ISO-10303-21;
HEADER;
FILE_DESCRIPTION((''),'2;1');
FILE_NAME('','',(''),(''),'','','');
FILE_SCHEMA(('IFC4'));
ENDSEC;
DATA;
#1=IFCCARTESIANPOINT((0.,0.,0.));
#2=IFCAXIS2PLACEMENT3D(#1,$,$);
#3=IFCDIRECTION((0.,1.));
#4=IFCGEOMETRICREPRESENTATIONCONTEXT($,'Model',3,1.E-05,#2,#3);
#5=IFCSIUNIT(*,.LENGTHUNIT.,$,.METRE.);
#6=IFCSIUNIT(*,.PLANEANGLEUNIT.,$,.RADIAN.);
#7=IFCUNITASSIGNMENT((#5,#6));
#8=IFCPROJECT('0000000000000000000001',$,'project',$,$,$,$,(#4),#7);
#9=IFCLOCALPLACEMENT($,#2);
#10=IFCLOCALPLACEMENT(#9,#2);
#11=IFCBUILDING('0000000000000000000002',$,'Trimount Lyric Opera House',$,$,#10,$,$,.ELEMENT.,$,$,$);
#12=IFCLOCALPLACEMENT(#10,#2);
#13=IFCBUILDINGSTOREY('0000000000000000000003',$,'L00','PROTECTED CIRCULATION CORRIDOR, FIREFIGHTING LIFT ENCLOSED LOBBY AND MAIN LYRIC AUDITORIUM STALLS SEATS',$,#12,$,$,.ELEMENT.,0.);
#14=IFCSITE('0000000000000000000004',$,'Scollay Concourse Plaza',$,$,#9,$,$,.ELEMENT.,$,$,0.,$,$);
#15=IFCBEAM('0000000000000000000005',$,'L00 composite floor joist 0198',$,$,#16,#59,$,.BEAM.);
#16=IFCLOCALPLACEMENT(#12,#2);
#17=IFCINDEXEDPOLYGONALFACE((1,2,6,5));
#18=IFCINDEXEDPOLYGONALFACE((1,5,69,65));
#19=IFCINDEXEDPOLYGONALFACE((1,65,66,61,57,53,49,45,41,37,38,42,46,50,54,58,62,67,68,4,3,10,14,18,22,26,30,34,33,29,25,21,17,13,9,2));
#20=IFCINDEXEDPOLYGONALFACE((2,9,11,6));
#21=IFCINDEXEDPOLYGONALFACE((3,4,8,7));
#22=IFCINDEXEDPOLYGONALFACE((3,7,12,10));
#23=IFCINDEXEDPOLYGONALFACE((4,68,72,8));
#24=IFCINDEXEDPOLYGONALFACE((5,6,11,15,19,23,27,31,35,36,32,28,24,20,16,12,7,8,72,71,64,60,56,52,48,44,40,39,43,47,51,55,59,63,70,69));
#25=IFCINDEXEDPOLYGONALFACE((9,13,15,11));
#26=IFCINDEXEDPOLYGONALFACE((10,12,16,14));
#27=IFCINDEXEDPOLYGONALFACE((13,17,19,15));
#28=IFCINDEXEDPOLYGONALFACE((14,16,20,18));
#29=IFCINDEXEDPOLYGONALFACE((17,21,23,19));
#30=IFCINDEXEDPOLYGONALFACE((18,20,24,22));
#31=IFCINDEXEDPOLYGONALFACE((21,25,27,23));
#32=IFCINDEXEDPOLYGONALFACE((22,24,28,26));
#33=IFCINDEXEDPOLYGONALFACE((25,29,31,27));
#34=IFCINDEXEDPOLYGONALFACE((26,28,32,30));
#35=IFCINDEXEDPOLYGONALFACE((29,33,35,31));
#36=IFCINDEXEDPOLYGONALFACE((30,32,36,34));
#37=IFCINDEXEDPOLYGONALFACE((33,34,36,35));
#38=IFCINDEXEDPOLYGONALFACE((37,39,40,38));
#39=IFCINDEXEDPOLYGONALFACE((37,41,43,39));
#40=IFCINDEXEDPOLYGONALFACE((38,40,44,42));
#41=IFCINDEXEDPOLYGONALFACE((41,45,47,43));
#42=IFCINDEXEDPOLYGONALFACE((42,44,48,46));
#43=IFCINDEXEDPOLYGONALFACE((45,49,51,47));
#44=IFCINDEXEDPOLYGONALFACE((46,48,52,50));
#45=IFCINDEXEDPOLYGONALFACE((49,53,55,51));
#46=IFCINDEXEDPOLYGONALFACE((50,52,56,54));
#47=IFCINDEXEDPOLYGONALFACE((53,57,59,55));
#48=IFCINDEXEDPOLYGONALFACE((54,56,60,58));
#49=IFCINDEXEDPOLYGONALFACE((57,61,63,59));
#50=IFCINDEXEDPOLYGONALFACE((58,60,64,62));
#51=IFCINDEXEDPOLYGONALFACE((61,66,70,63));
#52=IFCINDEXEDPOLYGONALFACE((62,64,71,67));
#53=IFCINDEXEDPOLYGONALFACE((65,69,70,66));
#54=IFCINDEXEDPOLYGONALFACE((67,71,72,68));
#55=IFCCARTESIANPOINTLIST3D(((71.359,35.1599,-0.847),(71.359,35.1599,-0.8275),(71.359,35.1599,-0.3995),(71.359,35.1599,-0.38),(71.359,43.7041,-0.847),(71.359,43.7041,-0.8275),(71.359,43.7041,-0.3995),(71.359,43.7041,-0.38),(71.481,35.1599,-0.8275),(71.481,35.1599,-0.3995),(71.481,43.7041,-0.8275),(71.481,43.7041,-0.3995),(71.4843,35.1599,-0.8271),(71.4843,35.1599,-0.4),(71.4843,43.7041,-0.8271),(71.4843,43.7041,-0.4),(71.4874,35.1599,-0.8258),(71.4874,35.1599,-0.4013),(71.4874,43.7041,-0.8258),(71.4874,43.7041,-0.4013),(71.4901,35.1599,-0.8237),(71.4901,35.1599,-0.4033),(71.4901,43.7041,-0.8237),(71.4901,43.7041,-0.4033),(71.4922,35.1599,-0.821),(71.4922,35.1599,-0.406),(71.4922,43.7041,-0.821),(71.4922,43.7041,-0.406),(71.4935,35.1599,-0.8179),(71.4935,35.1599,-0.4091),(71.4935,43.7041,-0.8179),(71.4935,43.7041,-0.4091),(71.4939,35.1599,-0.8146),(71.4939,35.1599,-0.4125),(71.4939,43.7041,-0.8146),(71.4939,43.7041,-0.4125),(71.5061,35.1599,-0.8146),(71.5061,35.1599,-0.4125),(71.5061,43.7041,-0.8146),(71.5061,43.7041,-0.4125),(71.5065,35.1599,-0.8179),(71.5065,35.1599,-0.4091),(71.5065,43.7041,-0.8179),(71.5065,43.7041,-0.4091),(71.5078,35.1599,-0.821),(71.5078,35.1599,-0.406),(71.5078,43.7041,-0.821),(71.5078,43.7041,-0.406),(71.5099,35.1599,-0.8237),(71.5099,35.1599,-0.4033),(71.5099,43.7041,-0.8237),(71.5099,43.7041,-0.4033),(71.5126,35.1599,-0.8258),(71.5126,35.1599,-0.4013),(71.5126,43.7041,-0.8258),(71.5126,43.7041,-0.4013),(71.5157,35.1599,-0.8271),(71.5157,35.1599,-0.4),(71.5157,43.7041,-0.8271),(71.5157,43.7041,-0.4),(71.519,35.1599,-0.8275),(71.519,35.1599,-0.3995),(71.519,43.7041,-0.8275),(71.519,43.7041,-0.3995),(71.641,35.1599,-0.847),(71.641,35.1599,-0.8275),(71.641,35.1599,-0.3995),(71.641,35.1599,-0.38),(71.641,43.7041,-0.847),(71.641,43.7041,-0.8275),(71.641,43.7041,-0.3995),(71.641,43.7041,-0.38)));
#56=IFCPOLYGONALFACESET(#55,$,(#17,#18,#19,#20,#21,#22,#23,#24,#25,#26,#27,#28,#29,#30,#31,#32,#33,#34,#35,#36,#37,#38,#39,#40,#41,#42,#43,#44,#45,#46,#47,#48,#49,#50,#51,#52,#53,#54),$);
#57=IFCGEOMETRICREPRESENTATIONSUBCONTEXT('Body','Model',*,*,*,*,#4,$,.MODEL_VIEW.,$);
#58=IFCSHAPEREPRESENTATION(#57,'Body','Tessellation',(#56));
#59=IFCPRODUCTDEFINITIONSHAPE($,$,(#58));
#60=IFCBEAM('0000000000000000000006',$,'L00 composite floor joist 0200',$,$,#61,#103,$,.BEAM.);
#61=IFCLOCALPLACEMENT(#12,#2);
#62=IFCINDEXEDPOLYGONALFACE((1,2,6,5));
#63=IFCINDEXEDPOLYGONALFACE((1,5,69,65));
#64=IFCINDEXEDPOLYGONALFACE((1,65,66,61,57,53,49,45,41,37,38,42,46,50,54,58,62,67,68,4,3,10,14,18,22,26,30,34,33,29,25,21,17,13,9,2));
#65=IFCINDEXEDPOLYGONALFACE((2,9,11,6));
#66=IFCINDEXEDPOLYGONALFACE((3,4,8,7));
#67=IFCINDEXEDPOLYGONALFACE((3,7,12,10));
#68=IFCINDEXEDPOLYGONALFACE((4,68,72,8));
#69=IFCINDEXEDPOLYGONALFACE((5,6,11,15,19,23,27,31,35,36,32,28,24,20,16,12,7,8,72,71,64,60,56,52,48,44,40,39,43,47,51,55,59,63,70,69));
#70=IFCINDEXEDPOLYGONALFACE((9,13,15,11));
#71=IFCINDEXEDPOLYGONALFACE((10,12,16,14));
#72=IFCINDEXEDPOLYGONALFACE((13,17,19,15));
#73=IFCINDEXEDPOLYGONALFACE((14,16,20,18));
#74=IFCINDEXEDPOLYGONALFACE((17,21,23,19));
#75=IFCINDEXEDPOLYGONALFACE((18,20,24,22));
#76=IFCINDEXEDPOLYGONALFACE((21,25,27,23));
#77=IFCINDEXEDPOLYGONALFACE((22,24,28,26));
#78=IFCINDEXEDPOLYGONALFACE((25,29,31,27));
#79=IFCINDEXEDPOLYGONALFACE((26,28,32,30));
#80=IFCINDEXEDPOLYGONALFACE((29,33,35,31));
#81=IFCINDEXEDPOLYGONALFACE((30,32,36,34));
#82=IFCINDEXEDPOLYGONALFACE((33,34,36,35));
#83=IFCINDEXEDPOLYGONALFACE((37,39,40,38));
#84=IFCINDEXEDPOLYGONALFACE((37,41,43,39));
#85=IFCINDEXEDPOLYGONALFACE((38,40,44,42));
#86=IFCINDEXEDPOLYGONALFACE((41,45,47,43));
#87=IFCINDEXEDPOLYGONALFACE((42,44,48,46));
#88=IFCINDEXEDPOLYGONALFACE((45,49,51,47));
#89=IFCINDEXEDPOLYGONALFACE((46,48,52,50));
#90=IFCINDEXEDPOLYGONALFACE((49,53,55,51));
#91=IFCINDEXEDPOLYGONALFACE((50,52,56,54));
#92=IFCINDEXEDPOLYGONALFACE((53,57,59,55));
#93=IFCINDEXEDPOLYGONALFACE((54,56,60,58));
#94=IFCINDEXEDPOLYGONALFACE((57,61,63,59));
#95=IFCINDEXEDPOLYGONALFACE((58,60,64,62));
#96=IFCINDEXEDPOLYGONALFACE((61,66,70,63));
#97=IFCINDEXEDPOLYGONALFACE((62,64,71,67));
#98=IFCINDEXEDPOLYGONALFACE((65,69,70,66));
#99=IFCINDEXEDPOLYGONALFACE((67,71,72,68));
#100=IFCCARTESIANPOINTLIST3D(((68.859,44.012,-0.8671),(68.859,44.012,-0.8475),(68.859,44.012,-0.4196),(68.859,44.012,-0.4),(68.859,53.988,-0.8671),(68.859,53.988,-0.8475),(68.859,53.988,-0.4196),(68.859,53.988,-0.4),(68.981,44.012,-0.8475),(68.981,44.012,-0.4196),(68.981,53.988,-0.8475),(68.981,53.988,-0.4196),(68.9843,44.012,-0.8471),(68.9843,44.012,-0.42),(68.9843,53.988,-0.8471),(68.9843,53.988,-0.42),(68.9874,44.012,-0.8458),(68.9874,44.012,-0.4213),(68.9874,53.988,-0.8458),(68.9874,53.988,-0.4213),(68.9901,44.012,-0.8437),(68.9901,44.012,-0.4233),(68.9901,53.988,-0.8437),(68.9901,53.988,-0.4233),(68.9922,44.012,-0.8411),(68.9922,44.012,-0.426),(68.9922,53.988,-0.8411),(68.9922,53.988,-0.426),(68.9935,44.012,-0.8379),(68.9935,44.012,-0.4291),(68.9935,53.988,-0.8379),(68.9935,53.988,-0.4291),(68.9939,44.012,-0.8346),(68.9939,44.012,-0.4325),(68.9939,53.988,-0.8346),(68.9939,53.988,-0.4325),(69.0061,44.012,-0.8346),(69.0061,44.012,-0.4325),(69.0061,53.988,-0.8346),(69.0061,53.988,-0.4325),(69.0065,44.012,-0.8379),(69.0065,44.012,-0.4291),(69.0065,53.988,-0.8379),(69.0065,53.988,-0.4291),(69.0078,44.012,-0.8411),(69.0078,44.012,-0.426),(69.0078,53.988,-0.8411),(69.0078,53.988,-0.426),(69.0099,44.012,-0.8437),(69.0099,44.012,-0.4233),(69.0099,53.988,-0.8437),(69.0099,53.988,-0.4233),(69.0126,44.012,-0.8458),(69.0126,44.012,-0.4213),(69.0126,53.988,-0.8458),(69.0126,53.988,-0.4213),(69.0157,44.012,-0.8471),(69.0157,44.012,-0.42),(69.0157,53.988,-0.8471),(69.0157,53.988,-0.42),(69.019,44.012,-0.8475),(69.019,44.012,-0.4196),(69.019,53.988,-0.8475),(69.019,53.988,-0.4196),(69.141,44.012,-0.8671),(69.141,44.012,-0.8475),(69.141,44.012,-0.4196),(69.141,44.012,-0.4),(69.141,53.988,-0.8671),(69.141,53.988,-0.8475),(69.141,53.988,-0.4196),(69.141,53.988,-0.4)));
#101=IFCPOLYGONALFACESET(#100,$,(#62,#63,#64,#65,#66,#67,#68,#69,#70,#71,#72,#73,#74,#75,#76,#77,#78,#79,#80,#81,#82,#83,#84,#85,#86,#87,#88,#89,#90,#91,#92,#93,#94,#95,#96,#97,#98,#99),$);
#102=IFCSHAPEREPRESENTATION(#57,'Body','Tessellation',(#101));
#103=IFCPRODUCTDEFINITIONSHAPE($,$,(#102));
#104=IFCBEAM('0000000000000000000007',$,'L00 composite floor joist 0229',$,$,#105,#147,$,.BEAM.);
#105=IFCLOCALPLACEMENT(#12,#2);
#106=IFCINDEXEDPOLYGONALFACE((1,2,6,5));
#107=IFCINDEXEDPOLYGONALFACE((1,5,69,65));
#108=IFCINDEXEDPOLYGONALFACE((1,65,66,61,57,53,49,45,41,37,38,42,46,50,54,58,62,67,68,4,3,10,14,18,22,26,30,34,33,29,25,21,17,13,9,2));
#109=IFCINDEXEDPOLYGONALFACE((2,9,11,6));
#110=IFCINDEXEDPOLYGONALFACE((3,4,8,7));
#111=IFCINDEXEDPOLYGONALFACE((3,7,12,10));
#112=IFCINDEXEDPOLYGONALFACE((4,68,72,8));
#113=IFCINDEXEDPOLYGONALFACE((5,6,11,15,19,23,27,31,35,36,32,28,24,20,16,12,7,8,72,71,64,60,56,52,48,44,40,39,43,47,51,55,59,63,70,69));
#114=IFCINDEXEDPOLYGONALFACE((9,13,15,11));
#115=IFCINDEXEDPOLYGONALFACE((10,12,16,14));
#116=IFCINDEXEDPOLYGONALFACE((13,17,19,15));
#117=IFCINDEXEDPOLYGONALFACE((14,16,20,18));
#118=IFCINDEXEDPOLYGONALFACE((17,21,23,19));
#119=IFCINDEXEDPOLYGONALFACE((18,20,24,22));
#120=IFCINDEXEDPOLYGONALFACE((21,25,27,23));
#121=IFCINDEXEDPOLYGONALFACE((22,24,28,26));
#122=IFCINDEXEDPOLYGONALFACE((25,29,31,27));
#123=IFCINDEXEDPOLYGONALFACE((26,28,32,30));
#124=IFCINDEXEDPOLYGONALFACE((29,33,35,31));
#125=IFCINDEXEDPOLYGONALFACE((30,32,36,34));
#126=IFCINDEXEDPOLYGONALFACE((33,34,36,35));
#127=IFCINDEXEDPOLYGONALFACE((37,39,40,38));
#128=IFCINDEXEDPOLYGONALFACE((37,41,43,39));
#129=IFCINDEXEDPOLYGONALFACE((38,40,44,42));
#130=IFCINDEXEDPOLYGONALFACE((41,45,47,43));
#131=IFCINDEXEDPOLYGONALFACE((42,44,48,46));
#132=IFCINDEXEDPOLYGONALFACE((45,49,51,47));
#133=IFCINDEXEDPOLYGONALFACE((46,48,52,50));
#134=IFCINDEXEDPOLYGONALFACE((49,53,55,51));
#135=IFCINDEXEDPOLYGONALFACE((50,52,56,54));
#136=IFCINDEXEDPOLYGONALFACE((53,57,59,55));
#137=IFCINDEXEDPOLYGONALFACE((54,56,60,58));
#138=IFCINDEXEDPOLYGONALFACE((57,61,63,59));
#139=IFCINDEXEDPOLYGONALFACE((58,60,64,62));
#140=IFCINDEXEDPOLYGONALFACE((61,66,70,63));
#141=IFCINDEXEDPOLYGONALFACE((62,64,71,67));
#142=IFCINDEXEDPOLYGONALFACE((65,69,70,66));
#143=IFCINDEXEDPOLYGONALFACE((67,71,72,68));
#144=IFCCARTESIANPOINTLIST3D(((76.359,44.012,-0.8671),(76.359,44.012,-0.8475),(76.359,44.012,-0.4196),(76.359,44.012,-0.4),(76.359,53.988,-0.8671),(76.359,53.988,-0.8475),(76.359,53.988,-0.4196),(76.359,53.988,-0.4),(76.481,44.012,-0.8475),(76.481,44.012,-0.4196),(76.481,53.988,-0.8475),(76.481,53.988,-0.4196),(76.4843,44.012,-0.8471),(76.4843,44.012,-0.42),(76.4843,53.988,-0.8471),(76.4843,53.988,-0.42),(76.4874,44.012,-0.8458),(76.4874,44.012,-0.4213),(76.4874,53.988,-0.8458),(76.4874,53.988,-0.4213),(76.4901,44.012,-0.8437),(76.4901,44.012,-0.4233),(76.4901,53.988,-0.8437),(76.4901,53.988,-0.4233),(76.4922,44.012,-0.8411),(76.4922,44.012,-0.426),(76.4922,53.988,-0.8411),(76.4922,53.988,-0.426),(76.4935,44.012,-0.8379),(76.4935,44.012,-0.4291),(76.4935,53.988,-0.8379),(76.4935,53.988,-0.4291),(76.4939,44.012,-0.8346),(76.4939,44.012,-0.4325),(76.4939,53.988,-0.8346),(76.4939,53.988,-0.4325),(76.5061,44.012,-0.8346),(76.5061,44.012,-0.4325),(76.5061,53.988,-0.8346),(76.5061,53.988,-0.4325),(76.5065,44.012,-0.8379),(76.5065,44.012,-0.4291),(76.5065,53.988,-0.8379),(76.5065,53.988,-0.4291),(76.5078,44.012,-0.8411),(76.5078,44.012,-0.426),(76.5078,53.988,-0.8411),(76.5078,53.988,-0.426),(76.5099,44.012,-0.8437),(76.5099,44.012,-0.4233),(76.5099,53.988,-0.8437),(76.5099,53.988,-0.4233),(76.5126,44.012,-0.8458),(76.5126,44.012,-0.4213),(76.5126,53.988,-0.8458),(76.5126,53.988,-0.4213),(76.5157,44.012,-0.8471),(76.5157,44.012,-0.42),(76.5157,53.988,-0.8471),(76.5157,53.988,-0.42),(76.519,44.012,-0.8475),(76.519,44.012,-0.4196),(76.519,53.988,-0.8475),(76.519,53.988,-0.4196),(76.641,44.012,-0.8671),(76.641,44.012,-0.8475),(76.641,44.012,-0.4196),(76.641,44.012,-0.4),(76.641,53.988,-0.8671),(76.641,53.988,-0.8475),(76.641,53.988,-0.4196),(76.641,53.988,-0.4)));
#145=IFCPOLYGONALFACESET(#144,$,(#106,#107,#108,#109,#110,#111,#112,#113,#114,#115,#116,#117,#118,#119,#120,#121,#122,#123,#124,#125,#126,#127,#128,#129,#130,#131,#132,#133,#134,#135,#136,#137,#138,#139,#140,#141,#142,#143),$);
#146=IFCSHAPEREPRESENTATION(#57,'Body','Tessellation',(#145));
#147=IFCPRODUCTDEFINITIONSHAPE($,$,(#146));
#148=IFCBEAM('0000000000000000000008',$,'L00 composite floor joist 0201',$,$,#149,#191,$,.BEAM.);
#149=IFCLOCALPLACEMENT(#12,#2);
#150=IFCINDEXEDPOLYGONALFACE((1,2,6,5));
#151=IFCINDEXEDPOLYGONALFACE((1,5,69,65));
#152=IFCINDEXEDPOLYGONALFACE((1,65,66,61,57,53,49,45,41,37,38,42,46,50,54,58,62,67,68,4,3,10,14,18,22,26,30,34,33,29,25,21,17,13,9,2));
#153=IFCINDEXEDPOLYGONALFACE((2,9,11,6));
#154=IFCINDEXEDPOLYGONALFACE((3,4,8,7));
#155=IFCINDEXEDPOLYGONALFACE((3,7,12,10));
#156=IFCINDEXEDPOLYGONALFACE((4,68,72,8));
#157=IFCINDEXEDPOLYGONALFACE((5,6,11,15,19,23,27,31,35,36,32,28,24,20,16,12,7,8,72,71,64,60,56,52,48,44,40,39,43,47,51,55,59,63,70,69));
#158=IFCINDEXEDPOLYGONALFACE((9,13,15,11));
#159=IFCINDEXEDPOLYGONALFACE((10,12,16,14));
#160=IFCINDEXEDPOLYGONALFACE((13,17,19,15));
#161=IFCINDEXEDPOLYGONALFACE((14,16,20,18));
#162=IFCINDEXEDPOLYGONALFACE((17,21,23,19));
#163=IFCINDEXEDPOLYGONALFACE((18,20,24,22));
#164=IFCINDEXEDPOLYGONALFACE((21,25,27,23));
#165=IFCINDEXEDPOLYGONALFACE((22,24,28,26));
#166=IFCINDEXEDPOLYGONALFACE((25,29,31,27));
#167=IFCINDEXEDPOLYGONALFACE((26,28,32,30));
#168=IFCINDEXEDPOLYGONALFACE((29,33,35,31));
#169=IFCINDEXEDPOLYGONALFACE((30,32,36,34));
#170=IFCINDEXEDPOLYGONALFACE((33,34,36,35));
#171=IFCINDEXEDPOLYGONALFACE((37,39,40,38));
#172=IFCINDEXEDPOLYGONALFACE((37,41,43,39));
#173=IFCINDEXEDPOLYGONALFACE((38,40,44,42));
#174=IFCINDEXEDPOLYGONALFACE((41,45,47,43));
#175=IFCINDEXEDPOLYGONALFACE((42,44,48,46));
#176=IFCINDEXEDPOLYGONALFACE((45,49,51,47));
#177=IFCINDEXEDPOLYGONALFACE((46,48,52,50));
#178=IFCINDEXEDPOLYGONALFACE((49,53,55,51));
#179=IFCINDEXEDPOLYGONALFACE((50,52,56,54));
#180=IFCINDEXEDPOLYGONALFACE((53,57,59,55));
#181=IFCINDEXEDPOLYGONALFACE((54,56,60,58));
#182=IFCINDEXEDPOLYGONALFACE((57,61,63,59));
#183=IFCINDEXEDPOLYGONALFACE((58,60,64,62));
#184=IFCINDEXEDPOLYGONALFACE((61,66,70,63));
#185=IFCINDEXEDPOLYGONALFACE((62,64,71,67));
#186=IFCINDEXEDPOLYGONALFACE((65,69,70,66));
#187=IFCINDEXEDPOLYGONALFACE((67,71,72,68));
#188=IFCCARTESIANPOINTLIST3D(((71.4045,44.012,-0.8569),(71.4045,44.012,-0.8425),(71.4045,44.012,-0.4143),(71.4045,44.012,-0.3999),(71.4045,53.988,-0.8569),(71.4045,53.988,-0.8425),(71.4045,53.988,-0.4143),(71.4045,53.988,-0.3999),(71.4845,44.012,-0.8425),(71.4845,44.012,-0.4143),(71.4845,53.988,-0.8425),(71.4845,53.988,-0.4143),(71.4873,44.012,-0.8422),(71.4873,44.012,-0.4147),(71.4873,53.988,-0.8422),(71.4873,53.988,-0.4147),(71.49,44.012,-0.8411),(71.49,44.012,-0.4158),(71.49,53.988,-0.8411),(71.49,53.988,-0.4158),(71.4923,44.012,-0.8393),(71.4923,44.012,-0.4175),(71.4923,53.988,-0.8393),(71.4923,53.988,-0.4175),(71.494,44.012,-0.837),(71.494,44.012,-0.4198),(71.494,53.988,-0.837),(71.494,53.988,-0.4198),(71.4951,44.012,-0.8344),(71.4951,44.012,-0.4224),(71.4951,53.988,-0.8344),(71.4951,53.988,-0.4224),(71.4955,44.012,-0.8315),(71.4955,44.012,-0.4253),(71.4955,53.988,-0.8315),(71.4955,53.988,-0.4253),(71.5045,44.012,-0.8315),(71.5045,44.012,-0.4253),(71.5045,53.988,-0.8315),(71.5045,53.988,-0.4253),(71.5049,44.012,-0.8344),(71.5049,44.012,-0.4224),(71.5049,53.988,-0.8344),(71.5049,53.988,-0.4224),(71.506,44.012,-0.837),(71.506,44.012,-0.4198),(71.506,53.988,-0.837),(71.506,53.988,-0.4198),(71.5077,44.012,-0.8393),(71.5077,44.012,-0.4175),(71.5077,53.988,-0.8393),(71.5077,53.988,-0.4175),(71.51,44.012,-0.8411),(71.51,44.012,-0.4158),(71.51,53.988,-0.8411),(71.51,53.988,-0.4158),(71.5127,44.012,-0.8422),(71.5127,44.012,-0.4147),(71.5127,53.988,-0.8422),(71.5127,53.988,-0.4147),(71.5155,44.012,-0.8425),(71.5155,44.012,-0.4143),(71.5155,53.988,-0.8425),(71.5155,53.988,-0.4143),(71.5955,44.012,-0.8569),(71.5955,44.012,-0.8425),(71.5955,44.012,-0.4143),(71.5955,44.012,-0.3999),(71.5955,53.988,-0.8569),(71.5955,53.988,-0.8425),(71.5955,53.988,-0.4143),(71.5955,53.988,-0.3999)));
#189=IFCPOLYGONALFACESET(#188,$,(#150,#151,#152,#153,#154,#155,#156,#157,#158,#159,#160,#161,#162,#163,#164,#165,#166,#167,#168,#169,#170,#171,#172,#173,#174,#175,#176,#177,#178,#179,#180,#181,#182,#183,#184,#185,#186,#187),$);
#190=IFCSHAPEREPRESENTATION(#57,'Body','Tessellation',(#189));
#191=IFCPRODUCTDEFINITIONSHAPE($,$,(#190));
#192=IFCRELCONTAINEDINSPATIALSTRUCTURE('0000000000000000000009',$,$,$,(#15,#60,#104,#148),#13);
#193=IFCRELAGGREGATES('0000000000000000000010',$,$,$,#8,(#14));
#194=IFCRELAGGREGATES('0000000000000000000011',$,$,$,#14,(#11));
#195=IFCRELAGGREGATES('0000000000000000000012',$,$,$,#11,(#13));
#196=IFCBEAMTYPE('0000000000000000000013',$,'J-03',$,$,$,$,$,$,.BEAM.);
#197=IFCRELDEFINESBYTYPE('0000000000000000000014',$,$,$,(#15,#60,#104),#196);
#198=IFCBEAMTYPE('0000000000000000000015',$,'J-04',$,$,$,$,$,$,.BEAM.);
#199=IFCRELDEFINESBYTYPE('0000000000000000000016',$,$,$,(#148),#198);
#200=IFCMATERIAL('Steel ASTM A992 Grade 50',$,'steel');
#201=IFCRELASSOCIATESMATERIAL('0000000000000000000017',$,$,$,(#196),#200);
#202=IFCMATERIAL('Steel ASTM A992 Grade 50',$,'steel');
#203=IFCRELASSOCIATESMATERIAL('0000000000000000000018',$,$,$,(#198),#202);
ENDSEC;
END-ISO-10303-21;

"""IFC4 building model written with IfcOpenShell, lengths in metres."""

from ifc_helpers import new_model, si_unit, direction, frame, origin, origin_2d, place, context, subcontext, project, spatial, i_section, extrude, material, material_profile, profile_set, type_object, element, save


model = new_model("IFC4")

# Units and contexts
model_context = context("Model", 3, precision=1e-05, world=origin(), true_north=direction((0.0, 1.0)))
body_context = subcontext(model_context, "Body", "Model", "MODEL_VIEW")
ifc_project = project(units=[si_unit("LENGTHUNIT", "METRE"), si_unit("PLANEANGLEUNIT", "RADIAN")], contexts=[model_context])

# Site, building, storey
site_placement = place(None, origin())
site = spatial("IfcSite", under=ifc_project, at=site_placement, Name="Scollay Concourse Plaza", CompositionType="ELEMENT", RefElevation=0.0)
building_placement = place(site_placement, origin())
building = spatial("IfcBuilding", under=site, at=building_placement, Name="Trimount Lyric Opera House", CompositionType="ELEMENT")
storey_placement = place(building_placement, origin())
storey = spatial("IfcBuildingStorey", under=building, at=storey_placement, Name="L00", Description="PROTECTED CIRCULATION CORRIDOR, FIREFIGHTING LIFT ENCLOSED LOBBY AND MAIN LYRIC AUDITORIUM STALLS SEATS", CompositionType="ELEMENT", Elevation=0.0)

# Beams
ifc_material_1 = material(Name="Steel ASTM A992 Grade 50", Category="steel")
ifc_material_profile_1 = material_profile(ifc_material_1, i_section(OverallWidth=0.282, OverallDepth=0.467, WebThickness=0.0122, FlangeThickness=0.0195, FilletRadius=0.0129, at=origin_2d()), Name="W18X86")
ifc_profile_set_1 = profile_set([ifc_material_profile_1], Name="Steel ASTM A992 Grade 50")
beam_type_1 = type_object("IfcBeamType", Name="J-03", PredefinedType="BEAM", material=ifc_profile_set_1)
beam_1_placement = place(storey_placement, frame((71.5, 35.1599, -0.6135), z_axis=(0.0, 1.0, 0.0), x_axis=(-1.0, 0.0, 0.0)))
element("IfcBeam", 1, at=beam_1_placement, inside=storey, type_object=beam_type_1, Name="L00 composite floor joist 0198", PredefinedType="BEAM", context=body_context, shape_type="SweptSolid", body=[
    extrude(i_section(OverallWidth=0.282, OverallDepth=0.467, WebThickness=0.0122, FlangeThickness=0.0195, FilletRadius=0.0129, at=origin_2d()), origin(), (0.0, 0.0, 1.0), 8.5442),
])
for number, where, z_axis, x_axis, name in (
    (2, (69.0, 44.012, -0.6335), (0.0, 1.0, 0.0), (-1.0, 0.0, 0.0), "L00 composite floor joist 0200"),
    (3, (76.5, 44.012, -0.6335), (0.0, 1.0, 0.0), (-1.0, 0.0, 0.0), "L00 composite floor joist 0229"),
):
    element("IfcBeam", number, at=place(storey_placement, frame(where, z_axis=z_axis, x_axis=x_axis)), inside=storey, type_object=beam_type_1, Name=name, PredefinedType="BEAM", context=body_context, shape_type="SweptSolid", body=[
        extrude(i_section(OverallWidth=0.282, OverallDepth=0.467, WebThickness=0.0122, FlangeThickness=0.0195, FilletRadius=0.0129, at=origin_2d()), origin(), (0.0, 0.0, 1.0), 9.9761),
    ])
ifc_material_2 = material(Name="Steel ASTM A992 Grade 50", Category="steel")
ifc_material_profile_2 = material_profile(ifc_material_2, i_section(OverallWidth=0.1909, OverallDepth=0.457, WebThickness=0.009, FlangeThickness=0.0144, FilletRadius=0.011, at=origin_2d()), Name="W18X50")
ifc_profile_set_2 = profile_set([ifc_material_profile_2], Name="Steel ASTM A992 Grade 50")
beam_type_2 = type_object("IfcBeamType", Name="J-04", PredefinedType="BEAM", material=ifc_profile_set_2)
beam_2_placement = place(storey_placement, frame((71.5, 44.012, -0.6284), z_axis=(0.0, 1.0, 0.0), x_axis=(-1.0, 0.0, 0.0)))
element("IfcBeam", 4, at=beam_2_placement, inside=storey, type_object=beam_type_2, Name="L00 composite floor joist 0201", PredefinedType="BEAM", context=body_context, shape_type="SweptSolid", body=[
    extrude(i_section(OverallWidth=0.1909, OverallDepth=0.457, WebThickness=0.009, FlangeThickness=0.0144, FilletRadius=0.011, at=origin_2d()), origin(), (0.0, 0.0, 1.0), 9.9761),
])

save(model, "model.ifc")
